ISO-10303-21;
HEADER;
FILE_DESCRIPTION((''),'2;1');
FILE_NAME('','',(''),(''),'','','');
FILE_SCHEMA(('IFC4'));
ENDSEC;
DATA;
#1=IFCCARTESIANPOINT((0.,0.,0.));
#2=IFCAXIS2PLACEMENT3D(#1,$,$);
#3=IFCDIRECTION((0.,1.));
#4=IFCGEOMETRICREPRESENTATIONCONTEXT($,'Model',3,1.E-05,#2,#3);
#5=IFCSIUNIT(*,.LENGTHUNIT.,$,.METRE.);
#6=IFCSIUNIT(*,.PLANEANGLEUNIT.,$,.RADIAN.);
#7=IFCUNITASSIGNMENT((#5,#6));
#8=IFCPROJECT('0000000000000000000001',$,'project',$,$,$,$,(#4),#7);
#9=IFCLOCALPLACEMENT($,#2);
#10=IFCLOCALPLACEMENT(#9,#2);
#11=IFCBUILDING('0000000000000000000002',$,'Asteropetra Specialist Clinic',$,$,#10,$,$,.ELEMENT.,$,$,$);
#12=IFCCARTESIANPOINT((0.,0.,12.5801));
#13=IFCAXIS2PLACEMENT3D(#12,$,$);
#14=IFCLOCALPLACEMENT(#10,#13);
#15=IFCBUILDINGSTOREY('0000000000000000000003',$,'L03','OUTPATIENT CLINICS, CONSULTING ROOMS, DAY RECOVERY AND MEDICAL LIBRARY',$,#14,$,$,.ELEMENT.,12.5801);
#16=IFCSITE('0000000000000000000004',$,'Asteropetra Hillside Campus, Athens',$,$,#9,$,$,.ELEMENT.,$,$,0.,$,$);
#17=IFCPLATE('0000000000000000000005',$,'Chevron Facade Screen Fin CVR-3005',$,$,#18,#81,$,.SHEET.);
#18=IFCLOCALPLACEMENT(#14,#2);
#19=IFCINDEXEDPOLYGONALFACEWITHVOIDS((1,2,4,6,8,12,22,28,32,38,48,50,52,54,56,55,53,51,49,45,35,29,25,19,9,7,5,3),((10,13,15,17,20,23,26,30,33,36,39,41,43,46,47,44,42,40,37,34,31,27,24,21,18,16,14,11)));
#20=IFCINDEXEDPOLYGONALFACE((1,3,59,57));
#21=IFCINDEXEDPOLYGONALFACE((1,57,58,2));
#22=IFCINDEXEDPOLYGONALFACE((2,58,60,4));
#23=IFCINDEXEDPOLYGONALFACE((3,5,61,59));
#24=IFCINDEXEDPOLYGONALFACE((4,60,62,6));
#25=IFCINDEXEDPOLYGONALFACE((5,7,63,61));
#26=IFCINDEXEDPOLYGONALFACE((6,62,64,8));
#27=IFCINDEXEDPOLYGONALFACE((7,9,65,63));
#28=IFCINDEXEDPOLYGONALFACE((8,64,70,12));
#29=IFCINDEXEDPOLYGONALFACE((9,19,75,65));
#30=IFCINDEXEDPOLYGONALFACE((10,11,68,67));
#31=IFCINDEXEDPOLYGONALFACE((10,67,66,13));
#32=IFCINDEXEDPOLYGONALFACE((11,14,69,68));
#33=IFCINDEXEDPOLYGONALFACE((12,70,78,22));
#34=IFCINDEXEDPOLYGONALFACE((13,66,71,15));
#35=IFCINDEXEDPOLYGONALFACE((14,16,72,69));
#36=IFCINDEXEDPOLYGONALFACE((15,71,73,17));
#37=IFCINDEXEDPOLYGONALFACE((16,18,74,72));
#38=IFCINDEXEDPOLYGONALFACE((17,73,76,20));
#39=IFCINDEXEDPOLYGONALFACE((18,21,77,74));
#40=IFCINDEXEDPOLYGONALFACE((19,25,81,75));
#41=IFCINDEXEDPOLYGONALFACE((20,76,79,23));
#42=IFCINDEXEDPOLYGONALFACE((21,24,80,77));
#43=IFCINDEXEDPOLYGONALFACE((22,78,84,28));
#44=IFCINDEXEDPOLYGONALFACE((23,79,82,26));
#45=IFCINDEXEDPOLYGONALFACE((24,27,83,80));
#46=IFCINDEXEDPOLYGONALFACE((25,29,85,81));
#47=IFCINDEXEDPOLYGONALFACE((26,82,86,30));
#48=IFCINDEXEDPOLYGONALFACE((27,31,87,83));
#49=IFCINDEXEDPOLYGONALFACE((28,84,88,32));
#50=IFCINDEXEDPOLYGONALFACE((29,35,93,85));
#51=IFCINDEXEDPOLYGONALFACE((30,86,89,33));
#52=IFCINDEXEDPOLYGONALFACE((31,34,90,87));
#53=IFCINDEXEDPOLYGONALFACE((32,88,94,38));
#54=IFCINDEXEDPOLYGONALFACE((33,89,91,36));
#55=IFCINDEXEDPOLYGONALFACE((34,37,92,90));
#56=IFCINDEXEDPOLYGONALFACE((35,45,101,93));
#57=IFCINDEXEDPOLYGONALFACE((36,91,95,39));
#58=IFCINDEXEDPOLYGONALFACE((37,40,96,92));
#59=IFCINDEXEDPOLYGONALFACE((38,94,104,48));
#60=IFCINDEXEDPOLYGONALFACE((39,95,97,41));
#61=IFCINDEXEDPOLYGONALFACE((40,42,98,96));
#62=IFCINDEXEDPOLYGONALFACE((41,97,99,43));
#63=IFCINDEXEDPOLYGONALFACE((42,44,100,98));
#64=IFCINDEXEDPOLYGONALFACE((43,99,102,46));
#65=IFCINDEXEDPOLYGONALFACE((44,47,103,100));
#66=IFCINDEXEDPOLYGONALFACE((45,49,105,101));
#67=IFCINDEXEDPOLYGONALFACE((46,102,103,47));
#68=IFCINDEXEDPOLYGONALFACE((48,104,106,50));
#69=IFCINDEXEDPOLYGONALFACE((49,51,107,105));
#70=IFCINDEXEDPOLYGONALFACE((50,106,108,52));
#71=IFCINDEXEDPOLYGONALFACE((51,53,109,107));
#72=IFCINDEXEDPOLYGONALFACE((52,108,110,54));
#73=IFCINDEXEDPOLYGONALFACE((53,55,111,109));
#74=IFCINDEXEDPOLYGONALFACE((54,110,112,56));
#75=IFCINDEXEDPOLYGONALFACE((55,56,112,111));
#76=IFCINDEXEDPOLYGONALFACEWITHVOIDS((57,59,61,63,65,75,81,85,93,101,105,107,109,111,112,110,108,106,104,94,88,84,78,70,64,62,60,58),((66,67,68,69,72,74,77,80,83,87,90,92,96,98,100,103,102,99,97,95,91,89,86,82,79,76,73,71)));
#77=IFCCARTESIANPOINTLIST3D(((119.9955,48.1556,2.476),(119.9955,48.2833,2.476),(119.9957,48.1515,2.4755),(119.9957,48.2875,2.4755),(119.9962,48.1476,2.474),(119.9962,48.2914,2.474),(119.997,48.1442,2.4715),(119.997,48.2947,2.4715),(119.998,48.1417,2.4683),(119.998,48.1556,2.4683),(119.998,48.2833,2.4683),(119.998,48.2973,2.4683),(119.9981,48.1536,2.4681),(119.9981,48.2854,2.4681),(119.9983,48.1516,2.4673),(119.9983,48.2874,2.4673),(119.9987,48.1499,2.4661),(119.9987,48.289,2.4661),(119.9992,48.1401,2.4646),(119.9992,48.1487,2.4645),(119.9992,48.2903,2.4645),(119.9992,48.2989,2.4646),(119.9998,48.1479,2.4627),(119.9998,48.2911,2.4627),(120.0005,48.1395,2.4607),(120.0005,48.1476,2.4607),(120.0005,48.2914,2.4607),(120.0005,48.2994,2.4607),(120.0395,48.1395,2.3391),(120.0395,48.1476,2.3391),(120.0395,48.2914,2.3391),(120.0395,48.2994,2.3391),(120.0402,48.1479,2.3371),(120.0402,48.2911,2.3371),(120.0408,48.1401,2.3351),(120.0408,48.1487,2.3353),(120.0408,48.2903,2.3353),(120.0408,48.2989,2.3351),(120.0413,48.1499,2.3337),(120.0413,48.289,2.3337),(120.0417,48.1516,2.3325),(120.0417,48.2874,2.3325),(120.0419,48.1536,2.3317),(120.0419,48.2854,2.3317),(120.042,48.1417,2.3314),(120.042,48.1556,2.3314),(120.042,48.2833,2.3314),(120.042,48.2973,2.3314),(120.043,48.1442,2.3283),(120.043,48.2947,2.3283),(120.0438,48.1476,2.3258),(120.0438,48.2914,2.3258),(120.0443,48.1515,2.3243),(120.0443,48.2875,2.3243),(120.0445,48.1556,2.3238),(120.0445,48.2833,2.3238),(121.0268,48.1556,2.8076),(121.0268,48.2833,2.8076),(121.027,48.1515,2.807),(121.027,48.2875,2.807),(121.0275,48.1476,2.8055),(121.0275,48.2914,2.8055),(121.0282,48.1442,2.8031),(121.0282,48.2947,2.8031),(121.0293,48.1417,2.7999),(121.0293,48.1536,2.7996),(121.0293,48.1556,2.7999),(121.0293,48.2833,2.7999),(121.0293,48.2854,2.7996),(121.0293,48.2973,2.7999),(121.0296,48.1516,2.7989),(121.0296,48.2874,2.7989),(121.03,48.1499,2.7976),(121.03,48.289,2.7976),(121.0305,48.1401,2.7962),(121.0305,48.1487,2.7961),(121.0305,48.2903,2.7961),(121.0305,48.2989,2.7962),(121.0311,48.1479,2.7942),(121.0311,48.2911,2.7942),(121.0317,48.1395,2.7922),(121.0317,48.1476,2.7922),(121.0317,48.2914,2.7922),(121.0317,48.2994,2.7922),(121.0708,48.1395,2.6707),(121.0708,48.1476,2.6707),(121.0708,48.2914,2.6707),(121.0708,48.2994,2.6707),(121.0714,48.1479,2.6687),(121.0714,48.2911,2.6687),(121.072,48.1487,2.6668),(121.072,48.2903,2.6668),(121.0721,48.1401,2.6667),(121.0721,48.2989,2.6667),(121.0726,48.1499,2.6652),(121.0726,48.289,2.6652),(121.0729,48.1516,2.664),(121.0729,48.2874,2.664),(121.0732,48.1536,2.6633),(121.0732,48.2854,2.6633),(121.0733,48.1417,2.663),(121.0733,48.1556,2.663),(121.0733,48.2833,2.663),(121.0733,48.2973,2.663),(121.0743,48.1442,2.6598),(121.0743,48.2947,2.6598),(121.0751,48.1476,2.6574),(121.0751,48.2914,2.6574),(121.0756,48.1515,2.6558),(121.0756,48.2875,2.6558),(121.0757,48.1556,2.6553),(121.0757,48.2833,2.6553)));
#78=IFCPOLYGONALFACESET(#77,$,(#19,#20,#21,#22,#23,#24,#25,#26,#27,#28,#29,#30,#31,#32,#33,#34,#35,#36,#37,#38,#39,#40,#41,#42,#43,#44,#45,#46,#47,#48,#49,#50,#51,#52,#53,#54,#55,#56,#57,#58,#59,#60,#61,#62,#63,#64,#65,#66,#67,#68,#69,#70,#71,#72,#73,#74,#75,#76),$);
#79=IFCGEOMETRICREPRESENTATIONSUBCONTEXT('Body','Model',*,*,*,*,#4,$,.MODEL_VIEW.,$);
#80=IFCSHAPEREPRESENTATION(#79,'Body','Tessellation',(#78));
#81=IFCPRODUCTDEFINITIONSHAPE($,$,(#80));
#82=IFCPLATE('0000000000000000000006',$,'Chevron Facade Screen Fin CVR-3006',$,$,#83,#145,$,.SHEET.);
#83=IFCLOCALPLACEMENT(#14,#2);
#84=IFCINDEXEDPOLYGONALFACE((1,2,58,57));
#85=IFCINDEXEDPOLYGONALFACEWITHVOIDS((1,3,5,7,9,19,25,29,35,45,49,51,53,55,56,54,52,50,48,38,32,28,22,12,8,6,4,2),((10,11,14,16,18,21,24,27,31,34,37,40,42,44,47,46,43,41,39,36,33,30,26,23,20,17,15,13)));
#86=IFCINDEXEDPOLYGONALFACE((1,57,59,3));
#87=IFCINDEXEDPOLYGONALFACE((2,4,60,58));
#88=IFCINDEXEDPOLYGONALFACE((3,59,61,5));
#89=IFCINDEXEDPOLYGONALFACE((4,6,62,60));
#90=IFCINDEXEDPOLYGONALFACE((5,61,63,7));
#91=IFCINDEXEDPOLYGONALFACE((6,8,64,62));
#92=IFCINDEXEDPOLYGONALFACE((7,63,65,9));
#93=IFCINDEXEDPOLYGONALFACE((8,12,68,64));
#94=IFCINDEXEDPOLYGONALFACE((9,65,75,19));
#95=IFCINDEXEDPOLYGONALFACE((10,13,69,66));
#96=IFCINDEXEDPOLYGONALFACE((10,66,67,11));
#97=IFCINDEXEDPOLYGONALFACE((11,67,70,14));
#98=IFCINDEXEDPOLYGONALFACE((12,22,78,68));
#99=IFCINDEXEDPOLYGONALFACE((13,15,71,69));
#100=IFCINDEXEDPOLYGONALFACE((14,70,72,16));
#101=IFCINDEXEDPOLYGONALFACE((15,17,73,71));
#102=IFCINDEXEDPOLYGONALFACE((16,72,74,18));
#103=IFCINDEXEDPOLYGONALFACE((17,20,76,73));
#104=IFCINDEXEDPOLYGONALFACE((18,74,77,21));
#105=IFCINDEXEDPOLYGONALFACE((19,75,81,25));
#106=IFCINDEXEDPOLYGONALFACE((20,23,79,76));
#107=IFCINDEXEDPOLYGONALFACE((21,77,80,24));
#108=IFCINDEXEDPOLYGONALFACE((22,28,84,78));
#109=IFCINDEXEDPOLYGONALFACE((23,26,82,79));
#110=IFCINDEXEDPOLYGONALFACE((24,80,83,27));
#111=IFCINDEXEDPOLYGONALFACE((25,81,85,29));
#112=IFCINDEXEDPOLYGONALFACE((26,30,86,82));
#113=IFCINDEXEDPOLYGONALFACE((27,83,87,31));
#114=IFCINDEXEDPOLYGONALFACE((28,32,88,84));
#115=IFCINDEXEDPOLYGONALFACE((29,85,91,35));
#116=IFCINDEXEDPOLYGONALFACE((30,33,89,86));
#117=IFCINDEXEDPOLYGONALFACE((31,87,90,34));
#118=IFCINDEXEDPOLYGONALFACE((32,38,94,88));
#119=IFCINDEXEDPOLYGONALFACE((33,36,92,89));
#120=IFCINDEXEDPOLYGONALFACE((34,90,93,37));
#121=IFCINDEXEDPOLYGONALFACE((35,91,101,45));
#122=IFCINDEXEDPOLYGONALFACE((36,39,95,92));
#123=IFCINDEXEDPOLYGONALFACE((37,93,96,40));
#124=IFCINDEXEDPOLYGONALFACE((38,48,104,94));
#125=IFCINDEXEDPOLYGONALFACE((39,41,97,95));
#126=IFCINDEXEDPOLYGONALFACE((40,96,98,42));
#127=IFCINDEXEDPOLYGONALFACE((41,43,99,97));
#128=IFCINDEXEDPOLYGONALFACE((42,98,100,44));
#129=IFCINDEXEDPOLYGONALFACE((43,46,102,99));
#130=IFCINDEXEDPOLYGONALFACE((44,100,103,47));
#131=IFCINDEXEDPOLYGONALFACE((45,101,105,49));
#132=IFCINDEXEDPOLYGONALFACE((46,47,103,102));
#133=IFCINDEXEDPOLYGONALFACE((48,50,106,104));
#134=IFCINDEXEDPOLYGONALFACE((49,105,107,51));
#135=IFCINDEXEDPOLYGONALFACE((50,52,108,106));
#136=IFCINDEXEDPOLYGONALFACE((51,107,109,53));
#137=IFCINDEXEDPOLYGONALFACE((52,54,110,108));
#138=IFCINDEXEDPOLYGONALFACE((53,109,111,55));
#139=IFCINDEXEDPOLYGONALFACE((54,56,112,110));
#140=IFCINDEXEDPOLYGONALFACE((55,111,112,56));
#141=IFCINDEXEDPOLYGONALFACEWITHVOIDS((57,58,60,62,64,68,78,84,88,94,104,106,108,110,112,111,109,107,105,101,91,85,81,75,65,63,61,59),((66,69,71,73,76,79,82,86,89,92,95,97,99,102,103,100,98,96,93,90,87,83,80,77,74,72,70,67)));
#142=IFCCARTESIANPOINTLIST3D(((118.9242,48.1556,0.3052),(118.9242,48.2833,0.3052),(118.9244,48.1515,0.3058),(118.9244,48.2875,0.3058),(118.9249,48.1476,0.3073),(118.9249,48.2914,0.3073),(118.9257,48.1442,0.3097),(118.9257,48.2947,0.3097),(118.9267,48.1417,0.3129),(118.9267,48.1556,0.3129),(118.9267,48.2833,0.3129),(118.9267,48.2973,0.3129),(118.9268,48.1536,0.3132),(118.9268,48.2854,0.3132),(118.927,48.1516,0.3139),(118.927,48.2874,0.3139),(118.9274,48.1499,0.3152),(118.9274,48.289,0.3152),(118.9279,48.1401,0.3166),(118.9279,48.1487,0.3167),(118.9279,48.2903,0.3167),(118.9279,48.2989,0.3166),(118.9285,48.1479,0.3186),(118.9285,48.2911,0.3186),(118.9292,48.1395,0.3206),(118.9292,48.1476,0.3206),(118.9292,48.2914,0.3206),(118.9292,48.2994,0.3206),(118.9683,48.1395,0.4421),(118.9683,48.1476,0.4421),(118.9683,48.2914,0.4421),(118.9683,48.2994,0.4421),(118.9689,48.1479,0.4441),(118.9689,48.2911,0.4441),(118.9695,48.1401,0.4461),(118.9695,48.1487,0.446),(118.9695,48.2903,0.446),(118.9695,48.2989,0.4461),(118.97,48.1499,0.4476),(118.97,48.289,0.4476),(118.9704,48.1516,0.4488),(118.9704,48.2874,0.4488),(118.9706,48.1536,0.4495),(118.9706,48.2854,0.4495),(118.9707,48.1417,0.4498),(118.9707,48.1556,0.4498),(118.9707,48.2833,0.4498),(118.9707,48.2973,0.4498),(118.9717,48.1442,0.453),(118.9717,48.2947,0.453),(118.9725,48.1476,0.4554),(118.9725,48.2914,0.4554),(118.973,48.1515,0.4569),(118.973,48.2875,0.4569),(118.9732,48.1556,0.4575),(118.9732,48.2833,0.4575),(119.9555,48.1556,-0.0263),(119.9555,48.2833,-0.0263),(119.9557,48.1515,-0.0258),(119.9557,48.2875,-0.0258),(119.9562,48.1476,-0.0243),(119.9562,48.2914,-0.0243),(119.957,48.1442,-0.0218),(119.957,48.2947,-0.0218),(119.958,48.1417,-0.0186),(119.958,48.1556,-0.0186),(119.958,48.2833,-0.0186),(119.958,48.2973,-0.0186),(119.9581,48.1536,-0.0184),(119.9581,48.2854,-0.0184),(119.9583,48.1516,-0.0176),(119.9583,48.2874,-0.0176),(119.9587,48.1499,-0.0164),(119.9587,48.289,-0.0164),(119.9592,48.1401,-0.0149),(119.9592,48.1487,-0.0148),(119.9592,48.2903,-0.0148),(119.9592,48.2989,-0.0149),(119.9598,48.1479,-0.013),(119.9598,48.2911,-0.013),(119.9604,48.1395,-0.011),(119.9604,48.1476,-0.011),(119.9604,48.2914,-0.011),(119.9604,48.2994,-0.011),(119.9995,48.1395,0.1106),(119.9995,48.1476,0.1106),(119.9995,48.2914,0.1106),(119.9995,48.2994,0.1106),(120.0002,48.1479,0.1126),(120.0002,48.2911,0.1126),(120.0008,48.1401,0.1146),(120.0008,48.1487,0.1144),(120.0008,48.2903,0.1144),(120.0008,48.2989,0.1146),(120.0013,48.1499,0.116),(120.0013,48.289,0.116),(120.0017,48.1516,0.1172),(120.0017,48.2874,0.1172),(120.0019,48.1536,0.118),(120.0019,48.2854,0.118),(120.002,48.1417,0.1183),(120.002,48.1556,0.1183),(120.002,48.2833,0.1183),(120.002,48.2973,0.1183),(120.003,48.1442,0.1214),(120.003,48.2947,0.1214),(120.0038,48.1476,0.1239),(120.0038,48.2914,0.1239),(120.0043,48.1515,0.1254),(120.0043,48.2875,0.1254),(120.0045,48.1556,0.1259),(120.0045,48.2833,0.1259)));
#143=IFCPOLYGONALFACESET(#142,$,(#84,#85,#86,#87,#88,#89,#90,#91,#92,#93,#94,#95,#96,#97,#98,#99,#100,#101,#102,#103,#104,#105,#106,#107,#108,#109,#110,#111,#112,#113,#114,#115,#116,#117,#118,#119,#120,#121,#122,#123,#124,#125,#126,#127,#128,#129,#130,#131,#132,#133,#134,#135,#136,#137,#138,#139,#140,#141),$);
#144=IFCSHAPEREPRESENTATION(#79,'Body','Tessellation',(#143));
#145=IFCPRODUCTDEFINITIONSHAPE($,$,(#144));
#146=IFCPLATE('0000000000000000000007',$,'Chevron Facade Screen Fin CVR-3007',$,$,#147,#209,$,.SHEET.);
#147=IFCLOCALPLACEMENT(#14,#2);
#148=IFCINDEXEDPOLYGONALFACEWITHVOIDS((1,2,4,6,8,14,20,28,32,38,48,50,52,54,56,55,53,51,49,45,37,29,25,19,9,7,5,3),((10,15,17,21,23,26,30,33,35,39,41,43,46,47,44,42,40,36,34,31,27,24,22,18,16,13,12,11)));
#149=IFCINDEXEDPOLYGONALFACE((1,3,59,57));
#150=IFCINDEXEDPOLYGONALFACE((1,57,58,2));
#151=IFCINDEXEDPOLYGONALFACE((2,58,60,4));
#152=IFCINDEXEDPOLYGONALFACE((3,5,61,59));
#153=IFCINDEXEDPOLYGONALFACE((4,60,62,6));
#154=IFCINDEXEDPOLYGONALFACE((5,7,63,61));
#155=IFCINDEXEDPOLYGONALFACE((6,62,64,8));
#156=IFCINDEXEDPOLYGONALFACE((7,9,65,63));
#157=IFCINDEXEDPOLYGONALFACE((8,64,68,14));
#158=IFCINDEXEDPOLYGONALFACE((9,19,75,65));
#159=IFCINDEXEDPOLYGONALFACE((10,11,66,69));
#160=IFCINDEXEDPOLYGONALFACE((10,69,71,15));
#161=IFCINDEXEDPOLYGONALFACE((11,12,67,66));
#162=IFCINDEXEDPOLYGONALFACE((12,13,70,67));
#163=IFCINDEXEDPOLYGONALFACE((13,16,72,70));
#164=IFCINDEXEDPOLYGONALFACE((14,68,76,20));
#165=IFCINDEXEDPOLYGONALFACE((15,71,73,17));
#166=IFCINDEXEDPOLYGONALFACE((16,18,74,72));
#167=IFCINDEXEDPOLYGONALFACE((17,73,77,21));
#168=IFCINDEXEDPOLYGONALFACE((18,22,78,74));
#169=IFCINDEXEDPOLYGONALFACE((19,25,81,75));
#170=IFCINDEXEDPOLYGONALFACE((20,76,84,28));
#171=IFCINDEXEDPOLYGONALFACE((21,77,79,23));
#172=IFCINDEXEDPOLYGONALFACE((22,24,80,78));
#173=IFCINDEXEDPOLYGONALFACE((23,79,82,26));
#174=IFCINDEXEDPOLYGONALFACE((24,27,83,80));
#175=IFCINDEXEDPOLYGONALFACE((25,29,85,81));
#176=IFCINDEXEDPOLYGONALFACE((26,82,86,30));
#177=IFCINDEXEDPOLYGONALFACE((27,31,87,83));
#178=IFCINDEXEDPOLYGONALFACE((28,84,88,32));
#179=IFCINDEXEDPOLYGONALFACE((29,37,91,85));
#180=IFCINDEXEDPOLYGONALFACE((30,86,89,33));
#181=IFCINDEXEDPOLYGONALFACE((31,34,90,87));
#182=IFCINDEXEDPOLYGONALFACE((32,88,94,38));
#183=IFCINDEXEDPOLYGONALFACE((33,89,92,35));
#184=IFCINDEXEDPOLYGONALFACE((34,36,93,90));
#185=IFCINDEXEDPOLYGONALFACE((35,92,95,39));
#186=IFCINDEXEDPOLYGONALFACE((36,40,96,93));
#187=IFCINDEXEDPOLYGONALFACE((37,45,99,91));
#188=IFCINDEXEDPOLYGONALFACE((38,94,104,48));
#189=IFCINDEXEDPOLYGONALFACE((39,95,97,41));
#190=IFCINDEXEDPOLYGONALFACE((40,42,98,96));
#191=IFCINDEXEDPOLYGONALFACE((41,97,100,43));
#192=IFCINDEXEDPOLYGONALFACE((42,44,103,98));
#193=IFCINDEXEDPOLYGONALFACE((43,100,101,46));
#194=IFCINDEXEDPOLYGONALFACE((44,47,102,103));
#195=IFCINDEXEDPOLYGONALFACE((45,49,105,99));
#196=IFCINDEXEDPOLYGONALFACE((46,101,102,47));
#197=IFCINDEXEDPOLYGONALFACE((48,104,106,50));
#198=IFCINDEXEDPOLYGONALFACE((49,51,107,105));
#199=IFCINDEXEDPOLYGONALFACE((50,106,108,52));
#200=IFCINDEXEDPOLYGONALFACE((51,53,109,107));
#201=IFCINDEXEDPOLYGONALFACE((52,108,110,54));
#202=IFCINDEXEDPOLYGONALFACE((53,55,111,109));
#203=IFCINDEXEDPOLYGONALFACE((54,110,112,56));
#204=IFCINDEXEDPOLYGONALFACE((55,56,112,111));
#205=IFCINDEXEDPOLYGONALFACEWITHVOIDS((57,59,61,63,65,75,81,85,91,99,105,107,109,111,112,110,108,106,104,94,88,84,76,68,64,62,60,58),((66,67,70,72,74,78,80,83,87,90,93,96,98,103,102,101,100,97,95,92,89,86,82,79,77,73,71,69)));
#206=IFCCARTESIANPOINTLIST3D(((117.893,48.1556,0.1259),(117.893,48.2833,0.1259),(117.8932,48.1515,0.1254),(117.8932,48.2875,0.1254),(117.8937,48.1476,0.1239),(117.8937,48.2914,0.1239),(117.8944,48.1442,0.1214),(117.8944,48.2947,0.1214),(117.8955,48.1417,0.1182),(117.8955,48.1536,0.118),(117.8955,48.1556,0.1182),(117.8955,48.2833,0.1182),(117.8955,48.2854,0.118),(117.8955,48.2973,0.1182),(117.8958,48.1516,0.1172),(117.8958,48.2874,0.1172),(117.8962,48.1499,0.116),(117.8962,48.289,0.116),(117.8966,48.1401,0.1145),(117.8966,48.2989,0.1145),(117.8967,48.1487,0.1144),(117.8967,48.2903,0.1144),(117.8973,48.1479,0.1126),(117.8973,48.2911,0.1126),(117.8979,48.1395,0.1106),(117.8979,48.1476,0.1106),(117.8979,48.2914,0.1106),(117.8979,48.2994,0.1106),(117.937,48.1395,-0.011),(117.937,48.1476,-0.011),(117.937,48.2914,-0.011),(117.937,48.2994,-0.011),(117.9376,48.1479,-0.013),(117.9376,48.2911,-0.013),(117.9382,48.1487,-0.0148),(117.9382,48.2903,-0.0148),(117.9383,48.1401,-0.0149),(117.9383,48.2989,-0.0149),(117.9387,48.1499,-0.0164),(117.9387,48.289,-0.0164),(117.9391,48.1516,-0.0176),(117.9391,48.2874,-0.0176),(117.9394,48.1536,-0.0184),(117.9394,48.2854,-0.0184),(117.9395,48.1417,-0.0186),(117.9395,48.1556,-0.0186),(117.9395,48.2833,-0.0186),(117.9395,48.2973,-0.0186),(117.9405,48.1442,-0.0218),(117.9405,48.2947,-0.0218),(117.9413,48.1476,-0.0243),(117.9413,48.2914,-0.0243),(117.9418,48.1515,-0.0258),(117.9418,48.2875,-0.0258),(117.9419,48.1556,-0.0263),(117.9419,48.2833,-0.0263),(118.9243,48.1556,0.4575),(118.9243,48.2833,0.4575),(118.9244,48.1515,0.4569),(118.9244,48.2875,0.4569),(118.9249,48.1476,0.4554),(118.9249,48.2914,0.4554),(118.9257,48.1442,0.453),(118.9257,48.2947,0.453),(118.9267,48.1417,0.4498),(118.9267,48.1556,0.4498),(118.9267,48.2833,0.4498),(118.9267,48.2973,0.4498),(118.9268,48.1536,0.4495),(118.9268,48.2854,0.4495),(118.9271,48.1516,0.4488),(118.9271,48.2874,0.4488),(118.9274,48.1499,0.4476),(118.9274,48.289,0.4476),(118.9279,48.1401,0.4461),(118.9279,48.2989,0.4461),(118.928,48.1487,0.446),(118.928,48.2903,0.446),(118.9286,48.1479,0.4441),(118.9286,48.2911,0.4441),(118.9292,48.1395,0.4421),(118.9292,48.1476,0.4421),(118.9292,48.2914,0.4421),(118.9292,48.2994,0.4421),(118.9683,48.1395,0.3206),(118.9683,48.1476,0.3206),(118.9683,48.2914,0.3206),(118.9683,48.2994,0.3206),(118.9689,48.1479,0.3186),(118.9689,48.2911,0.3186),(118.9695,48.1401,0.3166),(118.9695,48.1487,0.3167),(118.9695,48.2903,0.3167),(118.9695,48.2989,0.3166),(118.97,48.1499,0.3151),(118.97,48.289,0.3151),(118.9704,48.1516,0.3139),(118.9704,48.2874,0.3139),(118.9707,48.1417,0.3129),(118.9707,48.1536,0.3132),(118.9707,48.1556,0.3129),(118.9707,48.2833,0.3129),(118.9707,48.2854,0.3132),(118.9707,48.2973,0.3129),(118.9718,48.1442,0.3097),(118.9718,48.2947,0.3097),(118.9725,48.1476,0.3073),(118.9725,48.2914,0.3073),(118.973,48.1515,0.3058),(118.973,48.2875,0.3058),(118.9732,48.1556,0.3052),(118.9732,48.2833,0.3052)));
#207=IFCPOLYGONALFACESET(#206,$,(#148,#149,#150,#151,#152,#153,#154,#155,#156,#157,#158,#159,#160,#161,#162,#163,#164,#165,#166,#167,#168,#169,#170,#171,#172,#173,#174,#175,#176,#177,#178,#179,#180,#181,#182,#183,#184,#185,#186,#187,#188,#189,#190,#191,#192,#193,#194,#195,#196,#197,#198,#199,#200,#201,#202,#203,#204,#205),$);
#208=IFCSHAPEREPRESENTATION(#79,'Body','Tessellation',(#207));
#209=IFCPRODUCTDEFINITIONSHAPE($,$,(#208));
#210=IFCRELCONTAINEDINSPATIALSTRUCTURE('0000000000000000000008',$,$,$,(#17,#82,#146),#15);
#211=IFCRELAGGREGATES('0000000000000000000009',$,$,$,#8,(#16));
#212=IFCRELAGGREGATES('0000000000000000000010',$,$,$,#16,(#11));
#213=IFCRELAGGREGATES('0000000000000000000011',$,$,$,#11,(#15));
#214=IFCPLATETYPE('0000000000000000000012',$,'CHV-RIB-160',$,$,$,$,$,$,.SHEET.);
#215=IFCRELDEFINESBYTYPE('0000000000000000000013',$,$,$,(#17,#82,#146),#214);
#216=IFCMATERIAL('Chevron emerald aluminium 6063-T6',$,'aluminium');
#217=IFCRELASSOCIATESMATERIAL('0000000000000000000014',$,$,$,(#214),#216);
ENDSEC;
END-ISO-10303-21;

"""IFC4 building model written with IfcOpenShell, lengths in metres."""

from ifc_helpers import new_model, si_unit, direction, frame, origin, origin_2d, place, context, subcontext, project, spatial, hollow_rectangle, extrude, material, material_profile, profile_set, type_object, element, save


model = new_model("IFC4")

# Units and contexts
model_context = context("Model", 3, precision=1e-05, world=origin(), true_north=direction((0.0, 1.0)))
body_context = subcontext(model_context, "Body", "Model", "MODEL_VIEW")
ifc_project = project(units=[si_unit("LENGTHUNIT", "METRE"), si_unit("PLANEANGLEUNIT", "RADIAN")], contexts=[model_context])

# Site, building, storey
site_placement = place(None, origin())
site = spatial("IfcSite", under=ifc_project, at=site_placement, Name="Asteropetra Hillside Campus, Athens", CompositionType="ELEMENT", RefElevation=0.0)
building_placement = place(site_placement, origin())
building = spatial("IfcBuilding", under=site, at=building_placement, Name="Asteropetra Specialist Clinic", CompositionType="ELEMENT")
storey_placement = place(building_placement, frame((0.0, 0.0, 12.5801)))
storey = spatial("IfcBuildingStorey", under=building, at=storey_placement, Name="L03", Description="OUTPATIENT CLINICS, CONSULTING ROOMS, DAY RECOVERY AND MEDICAL LIBRARY", CompositionType="ELEMENT", Elevation=12.5801)

# Plates
ifc_material_1 = material(Name="Chevron emerald aluminium 6063-T6", Category="aluminium")
ifc_material_profile = material_profile(ifc_material_1, hollow_rectangle(XDim=0.1599, YDim=0.1599, WallThickness=0.0081, InnerFilletRadius=0.0081, OuterFilletRadius=0.0161, at=origin_2d()), Name="SHS 160x160x8.0")
ifc_profile_set = profile_set([ifc_material_profile], Name="Chevron emerald aluminium 6063-T6")
plate_type_1 = type_object("IfcPlateType", Name="CHV-RIB-160", PredefinedType="SHEET", material=ifc_profile_set)
for number, where, z_axis, x_axis, name in (
    (1, (121.0513, 48.2195, 2.7314), (-0.95201, 0.0, -0.306068), (0.0, -1.0, 0.0), "Chevron Facade Screen Fin CVR-3005"),
    (2, (119.98, 48.2195, 0.0498), (-0.95201, 0.0, 0.306068), (0.0, -1.0, 0.0), "Chevron Facade Screen Fin CVR-3006"),
    (3, (118.9487, 48.2195, 0.3813), (-0.95201, 0.0, -0.306068), (0.0, -1.0, 0.0), "Chevron Facade Screen Fin CVR-3007"),
):
    element("IfcPlate", number, at=place(storey_placement, frame(where, z_axis=z_axis, x_axis=x_axis)), inside=storey, type_object=plate_type_1, Name=name, PredefinedType="SHEET", context=body_context, shape_type="SweptSolid", body=[
        extrude(hollow_rectangle(XDim=0.1599, YDim=0.1599, WallThickness=0.0081, InnerFilletRadius=0.0081, OuterFilletRadius=0.0161, at=origin_2d()), origin(), (0.0, 0.0, 1.0), 1.0833),
    ])

save(model, "model.ifc")
